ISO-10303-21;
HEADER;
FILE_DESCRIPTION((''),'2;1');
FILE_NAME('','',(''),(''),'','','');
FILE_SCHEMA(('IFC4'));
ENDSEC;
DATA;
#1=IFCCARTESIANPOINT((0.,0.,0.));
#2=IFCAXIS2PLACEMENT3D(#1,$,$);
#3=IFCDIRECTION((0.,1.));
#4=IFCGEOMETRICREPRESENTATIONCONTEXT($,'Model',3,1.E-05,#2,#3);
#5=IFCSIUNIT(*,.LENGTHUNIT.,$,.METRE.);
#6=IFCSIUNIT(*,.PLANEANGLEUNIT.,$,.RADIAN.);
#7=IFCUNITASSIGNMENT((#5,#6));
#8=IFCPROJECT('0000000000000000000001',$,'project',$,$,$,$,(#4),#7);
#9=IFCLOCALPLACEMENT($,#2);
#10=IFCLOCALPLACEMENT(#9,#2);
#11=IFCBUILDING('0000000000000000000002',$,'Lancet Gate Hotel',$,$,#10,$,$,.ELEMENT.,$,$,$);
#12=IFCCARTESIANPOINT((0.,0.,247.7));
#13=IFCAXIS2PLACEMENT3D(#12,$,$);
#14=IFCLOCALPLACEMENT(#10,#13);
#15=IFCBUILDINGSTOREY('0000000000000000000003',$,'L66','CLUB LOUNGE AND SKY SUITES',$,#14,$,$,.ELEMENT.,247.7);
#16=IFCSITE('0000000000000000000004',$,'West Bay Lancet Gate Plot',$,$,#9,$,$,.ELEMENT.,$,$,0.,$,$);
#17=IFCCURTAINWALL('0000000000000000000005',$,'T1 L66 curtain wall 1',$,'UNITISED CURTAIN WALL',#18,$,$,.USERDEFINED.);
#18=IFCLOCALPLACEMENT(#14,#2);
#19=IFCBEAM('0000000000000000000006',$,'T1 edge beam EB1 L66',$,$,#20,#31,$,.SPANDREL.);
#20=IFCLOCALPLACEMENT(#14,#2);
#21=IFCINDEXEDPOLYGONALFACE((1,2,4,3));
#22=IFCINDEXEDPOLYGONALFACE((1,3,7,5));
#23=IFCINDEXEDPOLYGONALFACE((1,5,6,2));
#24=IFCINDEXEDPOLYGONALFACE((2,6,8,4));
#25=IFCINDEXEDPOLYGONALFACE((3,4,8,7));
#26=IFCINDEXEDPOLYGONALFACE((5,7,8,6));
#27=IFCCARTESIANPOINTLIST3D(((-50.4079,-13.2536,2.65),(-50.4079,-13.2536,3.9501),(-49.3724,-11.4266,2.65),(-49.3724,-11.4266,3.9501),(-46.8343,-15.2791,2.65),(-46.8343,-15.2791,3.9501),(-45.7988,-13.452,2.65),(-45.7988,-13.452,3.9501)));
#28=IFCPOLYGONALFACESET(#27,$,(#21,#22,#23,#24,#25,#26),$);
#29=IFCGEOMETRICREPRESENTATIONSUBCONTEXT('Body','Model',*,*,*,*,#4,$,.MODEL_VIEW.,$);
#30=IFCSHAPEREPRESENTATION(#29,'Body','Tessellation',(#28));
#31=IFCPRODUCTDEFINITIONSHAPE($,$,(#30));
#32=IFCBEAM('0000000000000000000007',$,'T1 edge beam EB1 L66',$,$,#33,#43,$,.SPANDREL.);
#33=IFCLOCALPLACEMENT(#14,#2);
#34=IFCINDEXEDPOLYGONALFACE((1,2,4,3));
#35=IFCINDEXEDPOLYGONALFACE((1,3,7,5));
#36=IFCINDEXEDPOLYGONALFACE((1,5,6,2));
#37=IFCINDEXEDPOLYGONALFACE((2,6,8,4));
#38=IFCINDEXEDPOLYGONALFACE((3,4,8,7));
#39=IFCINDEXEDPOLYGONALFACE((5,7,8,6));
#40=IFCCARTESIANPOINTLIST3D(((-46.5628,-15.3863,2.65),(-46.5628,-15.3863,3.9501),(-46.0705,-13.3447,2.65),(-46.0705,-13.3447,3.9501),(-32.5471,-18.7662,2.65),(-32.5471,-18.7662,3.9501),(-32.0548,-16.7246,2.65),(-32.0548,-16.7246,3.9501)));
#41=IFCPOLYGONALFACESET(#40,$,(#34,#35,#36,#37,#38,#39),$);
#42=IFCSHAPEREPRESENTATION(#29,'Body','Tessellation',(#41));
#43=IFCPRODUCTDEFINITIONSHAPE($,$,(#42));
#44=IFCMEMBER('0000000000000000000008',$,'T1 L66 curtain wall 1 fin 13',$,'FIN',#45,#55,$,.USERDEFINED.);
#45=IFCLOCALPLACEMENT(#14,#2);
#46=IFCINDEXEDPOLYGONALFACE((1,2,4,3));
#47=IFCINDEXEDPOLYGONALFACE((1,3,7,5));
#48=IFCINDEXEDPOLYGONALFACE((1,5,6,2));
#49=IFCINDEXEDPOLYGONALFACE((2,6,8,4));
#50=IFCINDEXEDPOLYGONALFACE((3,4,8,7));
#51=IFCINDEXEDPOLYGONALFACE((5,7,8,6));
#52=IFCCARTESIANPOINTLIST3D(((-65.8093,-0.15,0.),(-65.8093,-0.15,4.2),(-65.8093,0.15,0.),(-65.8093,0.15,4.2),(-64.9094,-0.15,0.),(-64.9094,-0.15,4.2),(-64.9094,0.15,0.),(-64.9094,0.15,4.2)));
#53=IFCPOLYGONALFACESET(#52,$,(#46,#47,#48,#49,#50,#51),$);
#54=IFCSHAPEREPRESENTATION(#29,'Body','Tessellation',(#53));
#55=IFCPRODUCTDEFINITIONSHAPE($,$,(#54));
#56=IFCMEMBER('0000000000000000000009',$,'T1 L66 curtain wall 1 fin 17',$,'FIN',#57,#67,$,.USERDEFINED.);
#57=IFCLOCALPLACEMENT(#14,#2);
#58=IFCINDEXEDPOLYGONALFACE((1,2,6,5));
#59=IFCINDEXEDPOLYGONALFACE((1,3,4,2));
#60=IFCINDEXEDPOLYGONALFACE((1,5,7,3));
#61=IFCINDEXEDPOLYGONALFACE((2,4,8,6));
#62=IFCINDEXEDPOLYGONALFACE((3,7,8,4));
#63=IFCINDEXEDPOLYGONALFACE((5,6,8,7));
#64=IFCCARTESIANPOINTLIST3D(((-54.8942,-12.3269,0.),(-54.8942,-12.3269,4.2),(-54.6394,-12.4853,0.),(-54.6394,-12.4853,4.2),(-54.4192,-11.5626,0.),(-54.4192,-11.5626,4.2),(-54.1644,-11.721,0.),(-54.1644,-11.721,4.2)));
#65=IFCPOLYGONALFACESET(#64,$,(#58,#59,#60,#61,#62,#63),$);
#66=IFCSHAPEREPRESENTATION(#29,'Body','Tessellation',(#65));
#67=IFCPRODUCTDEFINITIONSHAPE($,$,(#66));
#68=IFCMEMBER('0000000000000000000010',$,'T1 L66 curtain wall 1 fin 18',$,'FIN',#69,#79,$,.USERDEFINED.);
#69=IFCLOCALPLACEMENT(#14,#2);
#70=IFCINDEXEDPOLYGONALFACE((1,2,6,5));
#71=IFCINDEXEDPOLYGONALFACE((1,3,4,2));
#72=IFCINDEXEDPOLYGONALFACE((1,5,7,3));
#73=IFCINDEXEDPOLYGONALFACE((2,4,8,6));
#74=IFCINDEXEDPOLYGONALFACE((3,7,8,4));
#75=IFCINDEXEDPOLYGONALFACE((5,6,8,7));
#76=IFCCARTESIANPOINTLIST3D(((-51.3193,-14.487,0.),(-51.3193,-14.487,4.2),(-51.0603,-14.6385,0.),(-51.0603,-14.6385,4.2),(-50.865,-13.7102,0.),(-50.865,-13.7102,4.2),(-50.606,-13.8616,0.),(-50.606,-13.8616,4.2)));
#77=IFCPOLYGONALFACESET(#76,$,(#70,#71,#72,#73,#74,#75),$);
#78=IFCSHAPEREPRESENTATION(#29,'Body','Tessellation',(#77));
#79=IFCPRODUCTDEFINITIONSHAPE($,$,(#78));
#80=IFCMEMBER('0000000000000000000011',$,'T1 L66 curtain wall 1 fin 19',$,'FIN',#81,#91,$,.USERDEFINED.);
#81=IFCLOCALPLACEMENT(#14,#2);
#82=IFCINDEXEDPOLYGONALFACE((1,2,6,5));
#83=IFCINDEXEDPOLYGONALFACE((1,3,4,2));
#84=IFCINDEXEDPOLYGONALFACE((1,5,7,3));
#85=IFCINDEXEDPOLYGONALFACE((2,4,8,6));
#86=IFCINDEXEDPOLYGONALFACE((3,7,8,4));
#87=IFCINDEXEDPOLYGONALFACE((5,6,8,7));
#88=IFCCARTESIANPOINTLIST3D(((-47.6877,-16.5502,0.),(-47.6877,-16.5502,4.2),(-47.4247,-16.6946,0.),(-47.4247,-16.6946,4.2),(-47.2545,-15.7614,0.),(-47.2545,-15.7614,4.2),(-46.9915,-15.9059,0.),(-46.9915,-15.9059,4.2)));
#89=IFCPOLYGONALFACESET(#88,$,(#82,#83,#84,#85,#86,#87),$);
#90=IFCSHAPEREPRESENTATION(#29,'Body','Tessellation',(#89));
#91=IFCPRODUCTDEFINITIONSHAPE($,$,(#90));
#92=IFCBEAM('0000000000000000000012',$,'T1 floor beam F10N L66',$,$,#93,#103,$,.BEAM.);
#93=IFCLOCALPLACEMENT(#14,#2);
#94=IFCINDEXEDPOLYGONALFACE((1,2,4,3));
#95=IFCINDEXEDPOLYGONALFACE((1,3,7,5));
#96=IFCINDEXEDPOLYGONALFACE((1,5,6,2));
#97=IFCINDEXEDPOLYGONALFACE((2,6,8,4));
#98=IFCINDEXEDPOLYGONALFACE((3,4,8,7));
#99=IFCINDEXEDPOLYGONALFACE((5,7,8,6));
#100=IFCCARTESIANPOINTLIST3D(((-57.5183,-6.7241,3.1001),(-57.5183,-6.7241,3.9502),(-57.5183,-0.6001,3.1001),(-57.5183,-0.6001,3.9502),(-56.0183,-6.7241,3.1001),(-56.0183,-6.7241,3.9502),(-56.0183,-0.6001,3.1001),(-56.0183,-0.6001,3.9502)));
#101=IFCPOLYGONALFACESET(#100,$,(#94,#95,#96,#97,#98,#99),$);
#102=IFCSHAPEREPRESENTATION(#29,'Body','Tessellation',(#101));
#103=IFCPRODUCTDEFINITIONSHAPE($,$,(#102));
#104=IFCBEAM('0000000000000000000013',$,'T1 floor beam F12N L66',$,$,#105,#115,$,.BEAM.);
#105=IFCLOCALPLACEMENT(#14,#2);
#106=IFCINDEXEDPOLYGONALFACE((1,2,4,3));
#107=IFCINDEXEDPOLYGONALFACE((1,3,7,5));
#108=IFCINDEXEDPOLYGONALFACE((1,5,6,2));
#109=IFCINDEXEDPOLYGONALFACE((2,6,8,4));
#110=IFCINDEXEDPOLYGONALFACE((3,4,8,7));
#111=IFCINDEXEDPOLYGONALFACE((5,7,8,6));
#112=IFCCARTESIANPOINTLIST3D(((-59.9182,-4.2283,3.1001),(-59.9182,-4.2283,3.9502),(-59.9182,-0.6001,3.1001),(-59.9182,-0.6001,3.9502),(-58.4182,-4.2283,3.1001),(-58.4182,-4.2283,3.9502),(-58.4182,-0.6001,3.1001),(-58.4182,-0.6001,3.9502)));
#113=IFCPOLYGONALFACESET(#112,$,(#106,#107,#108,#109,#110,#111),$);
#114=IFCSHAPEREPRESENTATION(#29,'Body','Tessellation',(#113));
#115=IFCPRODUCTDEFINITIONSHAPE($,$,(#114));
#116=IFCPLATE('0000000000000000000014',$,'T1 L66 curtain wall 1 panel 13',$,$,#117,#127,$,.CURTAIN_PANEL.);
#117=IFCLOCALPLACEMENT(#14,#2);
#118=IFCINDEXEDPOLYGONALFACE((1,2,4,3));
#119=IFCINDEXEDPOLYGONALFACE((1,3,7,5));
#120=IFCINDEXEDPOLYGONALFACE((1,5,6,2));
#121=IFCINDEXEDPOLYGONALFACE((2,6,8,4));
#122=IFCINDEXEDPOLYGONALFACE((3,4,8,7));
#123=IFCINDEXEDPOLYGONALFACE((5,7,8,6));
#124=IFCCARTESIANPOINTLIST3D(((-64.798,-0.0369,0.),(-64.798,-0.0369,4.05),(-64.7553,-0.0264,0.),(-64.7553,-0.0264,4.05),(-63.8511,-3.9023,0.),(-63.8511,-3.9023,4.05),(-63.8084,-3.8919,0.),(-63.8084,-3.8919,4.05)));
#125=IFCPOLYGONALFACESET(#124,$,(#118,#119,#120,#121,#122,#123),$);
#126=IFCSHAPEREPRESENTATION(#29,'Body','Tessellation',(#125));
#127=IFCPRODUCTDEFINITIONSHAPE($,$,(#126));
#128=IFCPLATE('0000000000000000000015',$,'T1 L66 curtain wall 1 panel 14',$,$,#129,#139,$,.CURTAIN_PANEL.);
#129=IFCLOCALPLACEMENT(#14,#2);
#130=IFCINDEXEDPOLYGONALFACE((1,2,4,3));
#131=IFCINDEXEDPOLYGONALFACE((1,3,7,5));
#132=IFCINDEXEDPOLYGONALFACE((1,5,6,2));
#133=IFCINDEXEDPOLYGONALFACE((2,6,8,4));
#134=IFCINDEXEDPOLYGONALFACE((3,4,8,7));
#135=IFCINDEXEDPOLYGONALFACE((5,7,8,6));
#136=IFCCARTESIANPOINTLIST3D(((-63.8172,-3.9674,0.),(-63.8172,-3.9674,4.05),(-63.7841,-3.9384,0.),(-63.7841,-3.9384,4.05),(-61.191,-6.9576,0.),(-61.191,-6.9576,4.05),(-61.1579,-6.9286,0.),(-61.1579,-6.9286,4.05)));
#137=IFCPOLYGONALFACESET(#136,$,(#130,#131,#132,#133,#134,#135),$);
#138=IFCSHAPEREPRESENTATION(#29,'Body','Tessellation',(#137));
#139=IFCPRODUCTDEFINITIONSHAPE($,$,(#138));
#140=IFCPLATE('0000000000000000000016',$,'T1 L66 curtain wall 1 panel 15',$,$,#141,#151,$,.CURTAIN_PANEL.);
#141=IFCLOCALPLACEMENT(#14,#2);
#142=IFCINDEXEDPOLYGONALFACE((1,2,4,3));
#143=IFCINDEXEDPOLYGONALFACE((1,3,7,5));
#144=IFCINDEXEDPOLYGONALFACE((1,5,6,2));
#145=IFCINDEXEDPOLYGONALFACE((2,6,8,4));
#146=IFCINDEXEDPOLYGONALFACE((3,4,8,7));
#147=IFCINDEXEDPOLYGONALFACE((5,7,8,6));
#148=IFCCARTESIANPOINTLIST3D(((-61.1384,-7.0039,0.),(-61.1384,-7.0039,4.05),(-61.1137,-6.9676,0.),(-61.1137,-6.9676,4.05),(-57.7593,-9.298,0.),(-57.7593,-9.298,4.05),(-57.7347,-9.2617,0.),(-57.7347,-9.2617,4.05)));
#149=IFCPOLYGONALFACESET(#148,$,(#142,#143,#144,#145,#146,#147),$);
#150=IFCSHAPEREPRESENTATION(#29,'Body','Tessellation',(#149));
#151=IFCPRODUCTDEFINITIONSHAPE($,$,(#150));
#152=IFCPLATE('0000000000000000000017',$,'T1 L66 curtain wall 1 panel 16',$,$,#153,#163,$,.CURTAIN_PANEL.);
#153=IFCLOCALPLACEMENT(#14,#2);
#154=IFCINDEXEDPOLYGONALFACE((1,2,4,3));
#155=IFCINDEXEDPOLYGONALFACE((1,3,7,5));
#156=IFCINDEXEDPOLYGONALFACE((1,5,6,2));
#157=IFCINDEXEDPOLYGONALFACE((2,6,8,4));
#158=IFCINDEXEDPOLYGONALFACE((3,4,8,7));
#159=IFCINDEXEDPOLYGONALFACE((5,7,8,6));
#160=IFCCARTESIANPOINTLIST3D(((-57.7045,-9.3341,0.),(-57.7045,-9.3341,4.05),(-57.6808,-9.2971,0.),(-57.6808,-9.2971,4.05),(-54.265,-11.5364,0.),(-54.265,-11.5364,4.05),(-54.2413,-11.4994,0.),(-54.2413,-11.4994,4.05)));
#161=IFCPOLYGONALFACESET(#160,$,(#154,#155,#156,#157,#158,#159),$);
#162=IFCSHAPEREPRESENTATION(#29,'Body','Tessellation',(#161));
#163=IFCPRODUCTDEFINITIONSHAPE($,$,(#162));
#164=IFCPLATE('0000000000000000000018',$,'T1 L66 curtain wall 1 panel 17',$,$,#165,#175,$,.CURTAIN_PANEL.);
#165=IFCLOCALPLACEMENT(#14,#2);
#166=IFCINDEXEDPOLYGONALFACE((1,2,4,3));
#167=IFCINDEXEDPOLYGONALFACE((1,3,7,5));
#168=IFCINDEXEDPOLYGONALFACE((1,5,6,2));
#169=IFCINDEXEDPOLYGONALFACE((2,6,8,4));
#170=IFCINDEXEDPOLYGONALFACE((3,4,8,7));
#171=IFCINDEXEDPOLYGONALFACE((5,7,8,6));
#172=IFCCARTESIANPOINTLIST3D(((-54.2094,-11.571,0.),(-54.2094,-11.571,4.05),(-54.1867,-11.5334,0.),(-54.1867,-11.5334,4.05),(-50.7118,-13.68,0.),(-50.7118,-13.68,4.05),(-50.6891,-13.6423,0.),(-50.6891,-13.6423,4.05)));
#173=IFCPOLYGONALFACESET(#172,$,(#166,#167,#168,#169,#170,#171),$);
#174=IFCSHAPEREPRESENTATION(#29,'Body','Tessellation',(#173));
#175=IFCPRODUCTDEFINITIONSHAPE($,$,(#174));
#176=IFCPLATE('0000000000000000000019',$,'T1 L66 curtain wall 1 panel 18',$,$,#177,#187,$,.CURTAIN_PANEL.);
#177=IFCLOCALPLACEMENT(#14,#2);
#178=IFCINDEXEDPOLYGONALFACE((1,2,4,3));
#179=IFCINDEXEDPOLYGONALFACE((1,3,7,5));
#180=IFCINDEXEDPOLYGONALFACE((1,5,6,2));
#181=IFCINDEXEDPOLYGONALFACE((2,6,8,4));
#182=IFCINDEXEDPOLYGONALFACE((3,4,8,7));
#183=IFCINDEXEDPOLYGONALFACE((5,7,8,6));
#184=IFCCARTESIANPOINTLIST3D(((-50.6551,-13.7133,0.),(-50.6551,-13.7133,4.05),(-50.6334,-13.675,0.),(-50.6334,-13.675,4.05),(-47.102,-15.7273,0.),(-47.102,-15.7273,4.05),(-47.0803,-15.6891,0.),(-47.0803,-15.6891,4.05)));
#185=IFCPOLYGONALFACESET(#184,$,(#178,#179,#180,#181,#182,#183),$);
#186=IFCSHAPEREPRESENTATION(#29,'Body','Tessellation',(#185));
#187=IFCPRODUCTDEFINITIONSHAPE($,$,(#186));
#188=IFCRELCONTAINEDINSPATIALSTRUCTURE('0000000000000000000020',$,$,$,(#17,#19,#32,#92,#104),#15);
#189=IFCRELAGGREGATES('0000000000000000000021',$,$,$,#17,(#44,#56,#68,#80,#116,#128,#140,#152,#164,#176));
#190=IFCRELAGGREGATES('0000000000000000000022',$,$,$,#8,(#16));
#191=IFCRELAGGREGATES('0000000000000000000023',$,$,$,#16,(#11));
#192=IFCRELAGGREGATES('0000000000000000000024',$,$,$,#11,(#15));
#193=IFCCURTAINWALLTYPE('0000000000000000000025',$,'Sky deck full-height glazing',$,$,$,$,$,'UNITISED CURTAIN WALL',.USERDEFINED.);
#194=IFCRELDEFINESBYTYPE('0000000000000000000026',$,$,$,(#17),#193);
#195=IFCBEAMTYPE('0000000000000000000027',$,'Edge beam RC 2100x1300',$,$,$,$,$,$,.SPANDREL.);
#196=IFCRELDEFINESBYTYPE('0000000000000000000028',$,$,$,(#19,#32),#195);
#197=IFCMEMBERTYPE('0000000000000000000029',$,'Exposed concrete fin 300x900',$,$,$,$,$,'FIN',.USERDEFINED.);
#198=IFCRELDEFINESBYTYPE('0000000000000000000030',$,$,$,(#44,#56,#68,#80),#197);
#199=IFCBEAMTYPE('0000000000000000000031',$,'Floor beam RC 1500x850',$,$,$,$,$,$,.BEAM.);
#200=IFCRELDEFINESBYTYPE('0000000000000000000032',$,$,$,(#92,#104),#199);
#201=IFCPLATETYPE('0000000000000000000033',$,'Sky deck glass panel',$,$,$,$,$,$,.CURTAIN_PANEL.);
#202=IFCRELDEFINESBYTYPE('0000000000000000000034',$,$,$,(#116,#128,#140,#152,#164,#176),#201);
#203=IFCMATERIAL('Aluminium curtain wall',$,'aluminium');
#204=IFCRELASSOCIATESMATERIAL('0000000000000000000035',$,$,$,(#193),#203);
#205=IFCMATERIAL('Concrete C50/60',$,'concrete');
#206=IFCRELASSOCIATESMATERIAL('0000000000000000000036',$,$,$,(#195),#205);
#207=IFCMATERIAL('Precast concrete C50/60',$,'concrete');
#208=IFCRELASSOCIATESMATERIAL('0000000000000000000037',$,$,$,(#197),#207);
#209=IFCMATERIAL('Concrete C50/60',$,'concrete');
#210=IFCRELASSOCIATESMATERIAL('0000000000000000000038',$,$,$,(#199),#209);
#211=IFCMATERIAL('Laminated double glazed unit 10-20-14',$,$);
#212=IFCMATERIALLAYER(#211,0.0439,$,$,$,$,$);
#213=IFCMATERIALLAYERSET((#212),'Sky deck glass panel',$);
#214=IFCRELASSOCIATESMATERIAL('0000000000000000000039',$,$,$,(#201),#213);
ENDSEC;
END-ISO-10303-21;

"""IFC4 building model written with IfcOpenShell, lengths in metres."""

from ifc_helpers import new_model, si_unit, direction, frame, origin, origin_2d, place, context, subcontext, project, spatial, rectangle, extrude, material, layer, layer_set, material_profile, profile_set, type_object, element, aggregate, save


model = new_model("IFC4")

# Units and contexts
model_context = context("Model", 3, precision=1e-05, world=origin(), true_north=direction((0.0, 1.0)))
body_context = subcontext(model_context, "Body", "Model", "MODEL_VIEW")
ifc_project = project(units=[si_unit("LENGTHUNIT", "METRE"), si_unit("PLANEANGLEUNIT", "RADIAN")], contexts=[model_context])

# Site, building, storey
site_placement = place(None, origin())
site = spatial("IfcSite", under=ifc_project, at=site_placement, Name="West Bay Lancet Gate Plot", CompositionType="ELEMENT", RefElevation=0.0)
building_placement = place(site_placement, origin())
building = spatial("IfcBuilding", under=site, at=building_placement, Name="Lancet Gate Hotel", CompositionType="ELEMENT")
storey_placement = place(building_placement, frame((0.0, 0.0, 247.7)))
storey = spatial("IfcBuildingStorey", under=building, at=storey_placement, Name="L66", Description="CLUB LOUNGE AND SKY SUITES", CompositionType="ELEMENT", Elevation=247.7)

# Curtain wall
ifc_material_1 = material(Name="Aluminium curtain wall", Category="aluminium")
curtain_wall_type = type_object("IfcCurtainWallType", Name="Sky deck full-height glazing", ElementType="UNITISED CURTAIN WALL", PredefinedType="USERDEFINED", material=ifc_material_1)
curtain_wall_placement = place(storey_placement, origin())
curtain_wall = element("IfcCurtainWall", 1, at=curtain_wall_placement, inside=storey, type_object=curtain_wall_type, Name="T1 L66 curtain wall 1", ObjectType="UNITISED CURTAIN WALL", PredefinedType="USERDEFINED")

# Beams
ifc_material_2 = material(Name="Concrete C50/60", Category="concrete")
ifc_material_profile_1 = material_profile(ifc_material_2, rectangle(XDim=2.1001, YDim=1.3, at=origin_2d()), Name="RC 2100x1300")
ifc_profile_set_1 = profile_set([ifc_material_profile_1], Name="Concrete C50/60")
beam_type_1 = type_object("IfcBeamType", Name="Edge beam RC 2100x1300", PredefinedType="SPANDREL", material=ifc_profile_set_1)
for number, where, z_axis, x_axis, name in (
    (2, (-49.8901, -12.3401, 3.3), (0.869979, -0.493089, 0.0), (0.493089, 0.869979, 0.0), "T1 edge beam EB1 L66"),
):
    element("IfcBeam", number, at=place(storey_placement, frame(where, z_axis=z_axis, x_axis=x_axis)), inside=storey, type_object=beam_type_1, Name=name, PredefinedType="SPANDREL", context=body_context, shape_type="SweptSolid", body=[
        extrude(rectangle(XDim=2.1001, YDim=1.3, at=origin_2d()), origin(), (0.0, 0.0, 1.0), 4.1077),
    ])
beam_1_placement = place(storey_placement, frame((-46.3167, -14.3655, 3.3), z_axis=(0.972133, -0.234431, 0.0), x_axis=(0.234431, 0.972133, 0.0)))
element("IfcBeam", 3, at=beam_1_placement, inside=storey, type_object=beam_type_1, Name="T1 edge beam EB1 L66", PredefinedType="SPANDREL", context=body_context, shape_type="SweptSolid", body=[
    extrude(rectangle(XDim=2.1001, YDim=1.3, at=origin_2d()), origin(), (0.0, 0.0, 1.0), 14.4175),
])

# Members
ifc_material_3 = material(Name="Precast concrete C50/60", Category="concrete")
ifc_material_profile_2 = material_profile(ifc_material_3, rectangle(XDim=0.3, YDim=0.8999, at=origin_2d()), Name="FIN 300x900")
ifc_profile_set_2 = profile_set([ifc_material_profile_2], Name="Precast concrete C50/60")
member_type_1 = type_object("IfcMemberType", Name="Exposed concrete fin 300x900", ElementType="FIN", PredefinedType="USERDEFINED", material=ifc_profile_set_2)
member_1_placement = place(storey_placement, frame((-65.3594, 0.0, 0.0), z_axis=(0.0, 0.0, 1.0), x_axis=(0.0, -1.0, 0.0)))
member_1 = element("IfcMember", 4, at=member_1_placement, type_object=member_type_1, Name="T1 L66 curtain wall 1 fin 13", ObjectType="FIN", PredefinedType="USERDEFINED", context=body_context, shape_type="SweptSolid", body=[
    extrude(rectangle(XDim=0.3, YDim=0.8999, at=origin_2d()), origin(), (0.0, 0.0, 1.0), 4.2),
])
member_2_placement = place(storey_placement, frame((-54.5293, -12.0239, 0.0), z_axis=(0.0, 0.0, 1.0), x_axis=(0.849342, -0.527842, 0.0)))
member_2 = element("IfcMember", 5, at=member_2_placement, type_object=member_type_1, Name="T1 L66 curtain wall 1 fin 17", ObjectType="FIN", PredefinedType="USERDEFINED", context=body_context, shape_type="SweptSolid", body=[
    extrude(rectangle(XDim=0.3, YDim=0.8999, at=origin_2d()), origin(), (0.0, 0.0, 1.0), 4.2),
])
member_3_placement = place(storey_placement, frame((-50.9626, -14.1743, 0.0), z_axis=(0.0, 0.0, 1.0), x_axis=(0.863242, -0.50479, 0.0)))
member_3 = element("IfcMember", 6, at=member_3_placement, type_object=member_type_1, Name="T1 L66 curtain wall 1 fin 18", ObjectType="FIN", PredefinedType="USERDEFINED", context=body_context, shape_type="SweptSolid", body=[
    extrude(rectangle(XDim=0.3, YDim=0.8999, at=origin_2d()), origin(), (0.0, 0.0, 1.0), 4.2),
])
member_4_placement = place(storey_placement, frame((-47.3396, -16.228, 0.0), z_axis=(0.0, 0.0, 1.0), x_axis=(0.876516, -0.481372, 0.0)))
member_4 = element("IfcMember", 7, at=member_4_placement, type_object=member_type_1, Name="T1 L66 curtain wall 1 fin 19", ObjectType="FIN", PredefinedType="USERDEFINED", context=body_context, shape_type="SweptSolid", body=[
    extrude(rectangle(XDim=0.3, YDim=0.8999, at=origin_2d()), origin(), (0.0, 0.0, 1.0), 4.2),
])

# Beams
ifc_material_4 = material(Name="Concrete C50/60", Category="concrete")
ifc_material_profile_3 = material_profile(ifc_material_4, rectangle(XDim=1.5, YDim=0.8501, at=origin_2d()), Name="RC 1500x850")
ifc_profile_set_3 = profile_set([ifc_material_profile_3], Name="Concrete C50/60")
beam_type_2 = type_object("IfcBeamType", Name="Floor beam RC 1500x850", PredefinedType="BEAM", material=ifc_profile_set_3)
beam_2_placement = place(storey_placement, frame((-56.7683, -0.6001, 3.5251), z_axis=(0.0, -1.0, 0.0), x_axis=(1.0, 0.0, 0.0)))
element("IfcBeam", 8, at=beam_2_placement, inside=storey, type_object=beam_type_2, Name="T1 floor beam F10N L66", PredefinedType="BEAM", context=body_context, shape_type="SweptSolid", body=[
    extrude(rectangle(XDim=1.5, YDim=0.8501, at=origin_2d()), origin(), (0.0, 0.0, 1.0), 6.124),
])
beam_3_placement = place(storey_placement, frame((-59.1682, -0.6001, 3.5251), z_axis=(0.0, -1.0, 0.0), x_axis=(1.0, 0.0, 0.0)))
element("IfcBeam", 9, at=beam_3_placement, inside=storey, type_object=beam_type_2, Name="T1 floor beam F12N L66", PredefinedType="BEAM", context=body_context, shape_type="SweptSolid", body=[
    extrude(rectangle(XDim=1.5, YDim=0.8501, at=origin_2d()), origin(), (0.0, 0.0, 1.0), 3.6282),
])

# Plates
ifc_material_5 = material(Name="Laminated double glazed unit 10-20-14")
ifc_layer_1 = layer(ifc_material_5, 0.0439)
ifc_layer_set_1 = layer_set([ifc_layer_1], Name="Sky deck glass panel")
plate_type = type_object("IfcPlateType", Name="Sky deck glass panel", PredefinedType="CURTAIN_PANEL", material=ifc_layer_set_1)
plate_1_placement = place(storey_placement, frame((-64.3032, -1.9644, 0.0), z_axis=(0.0, 0.0, 1.0), x_axis=(0.237921, -0.971285, 0.0)))
plate_1 = element("IfcPlate", 10, at=plate_1_placement, type_object=plate_type, Name="T1 L66 curtain wall 1 panel 13", PredefinedType="CURTAIN_PANEL", context=body_context, shape_type="SweptSolid", body=[
    extrude(rectangle(XDim=3.9797, YDim=0.0439, at=origin_2d()), origin(), (0.0, 0.0, 1.0), 4.05),
])
plate_2_placement = place(storey_placement, frame((-62.4875, -5.448, 0.0), z_axis=(0.0, 0.0, 1.0), x_axis=(0.659892, -0.751361, 0.0)))
plate_2 = element("IfcPlate", 11, at=plate_2_placement, type_object=plate_type, Name="T1 L66 curtain wall 1 panel 14", PredefinedType="CURTAIN_PANEL", context=body_context, shape_type="SweptSolid", body=[
    extrude(rectangle(XDim=3.9797, YDim=0.0439, at=origin_2d()), origin(), (0.0, 0.0, 1.0), 4.05),
])
plate_3_placement = place(storey_placement, frame((-59.4365, -8.1328, 0.0), z_axis=(0.0, 0.0, 1.0), x_axis=(0.827342, -0.561698, 0.0)))
plate_3 = element("IfcPlate", 12, at=plate_3_placement, type_object=plate_type, Name="T1 L66 curtain wall 1 panel 15", PredefinedType="CURTAIN_PANEL", context=body_context, shape_type="SweptSolid", body=[
    extrude(rectangle(XDim=4.0842, YDim=0.0439, at=origin_2d()), origin(), (0.0, 0.0, 1.0), 4.05),
])
plate_4_placement = place(storey_placement, frame((-55.9729, -10.4167, 0.0), z_axis=(0.0, 0.0, 1.0), x_axis=(0.842161, -0.539226, 0.0)))
plate_4 = element("IfcPlate", 13, at=plate_4_placement, type_object=plate_type, Name="T1 L66 curtain wall 1 panel 16", PredefinedType="CURTAIN_PANEL", context=body_context, shape_type="SweptSolid", body=[
    extrude(rectangle(XDim=4.0842, YDim=0.0439, at=origin_2d()), origin(), (0.0, 0.0, 1.0), 4.05),
])
plate_5_placement = place(storey_placement, frame((-52.4492, -12.6067, 0.0), z_axis=(0.0, 0.0, 1.0), x_axis=(0.85637, -0.516363, 0.0)))
plate_5 = element("IfcPlate", 14, at=plate_5_placement, type_object=plate_type, Name="T1 L66 curtain wall 1 panel 17", PredefinedType="CURTAIN_PANEL", context=body_context, shape_type="SweptSolid", body=[
    extrude(rectangle(XDim=4.0842, YDim=0.0439, at=origin_2d()), origin(), (0.0, 0.0, 1.0), 4.05),
])
plate_6_placement = place(storey_placement, frame((-48.8677, -14.7012, 0.0), z_axis=(0.0, 0.0, 1.0), x_axis=(0.869958, -0.493126, 0.0)))
plate_6 = element("IfcPlate", 15, at=plate_6_placement, type_object=plate_type, Name="T1 L66 curtain wall 1 panel 18", PredefinedType="CURTAIN_PANEL", context=body_context, shape_type="SweptSolid", body=[
    extrude(rectangle(XDim=4.0842, YDim=0.0439, at=origin_2d()), origin(), (0.0, 0.0, 1.0), 4.05),
])
aggregate(curtain_wall, [member_1, member_2, member_3, member_4, plate_1, plate_2, plate_3, plate_4, plate_5, plate_6])

save(model, "model.ifc")
